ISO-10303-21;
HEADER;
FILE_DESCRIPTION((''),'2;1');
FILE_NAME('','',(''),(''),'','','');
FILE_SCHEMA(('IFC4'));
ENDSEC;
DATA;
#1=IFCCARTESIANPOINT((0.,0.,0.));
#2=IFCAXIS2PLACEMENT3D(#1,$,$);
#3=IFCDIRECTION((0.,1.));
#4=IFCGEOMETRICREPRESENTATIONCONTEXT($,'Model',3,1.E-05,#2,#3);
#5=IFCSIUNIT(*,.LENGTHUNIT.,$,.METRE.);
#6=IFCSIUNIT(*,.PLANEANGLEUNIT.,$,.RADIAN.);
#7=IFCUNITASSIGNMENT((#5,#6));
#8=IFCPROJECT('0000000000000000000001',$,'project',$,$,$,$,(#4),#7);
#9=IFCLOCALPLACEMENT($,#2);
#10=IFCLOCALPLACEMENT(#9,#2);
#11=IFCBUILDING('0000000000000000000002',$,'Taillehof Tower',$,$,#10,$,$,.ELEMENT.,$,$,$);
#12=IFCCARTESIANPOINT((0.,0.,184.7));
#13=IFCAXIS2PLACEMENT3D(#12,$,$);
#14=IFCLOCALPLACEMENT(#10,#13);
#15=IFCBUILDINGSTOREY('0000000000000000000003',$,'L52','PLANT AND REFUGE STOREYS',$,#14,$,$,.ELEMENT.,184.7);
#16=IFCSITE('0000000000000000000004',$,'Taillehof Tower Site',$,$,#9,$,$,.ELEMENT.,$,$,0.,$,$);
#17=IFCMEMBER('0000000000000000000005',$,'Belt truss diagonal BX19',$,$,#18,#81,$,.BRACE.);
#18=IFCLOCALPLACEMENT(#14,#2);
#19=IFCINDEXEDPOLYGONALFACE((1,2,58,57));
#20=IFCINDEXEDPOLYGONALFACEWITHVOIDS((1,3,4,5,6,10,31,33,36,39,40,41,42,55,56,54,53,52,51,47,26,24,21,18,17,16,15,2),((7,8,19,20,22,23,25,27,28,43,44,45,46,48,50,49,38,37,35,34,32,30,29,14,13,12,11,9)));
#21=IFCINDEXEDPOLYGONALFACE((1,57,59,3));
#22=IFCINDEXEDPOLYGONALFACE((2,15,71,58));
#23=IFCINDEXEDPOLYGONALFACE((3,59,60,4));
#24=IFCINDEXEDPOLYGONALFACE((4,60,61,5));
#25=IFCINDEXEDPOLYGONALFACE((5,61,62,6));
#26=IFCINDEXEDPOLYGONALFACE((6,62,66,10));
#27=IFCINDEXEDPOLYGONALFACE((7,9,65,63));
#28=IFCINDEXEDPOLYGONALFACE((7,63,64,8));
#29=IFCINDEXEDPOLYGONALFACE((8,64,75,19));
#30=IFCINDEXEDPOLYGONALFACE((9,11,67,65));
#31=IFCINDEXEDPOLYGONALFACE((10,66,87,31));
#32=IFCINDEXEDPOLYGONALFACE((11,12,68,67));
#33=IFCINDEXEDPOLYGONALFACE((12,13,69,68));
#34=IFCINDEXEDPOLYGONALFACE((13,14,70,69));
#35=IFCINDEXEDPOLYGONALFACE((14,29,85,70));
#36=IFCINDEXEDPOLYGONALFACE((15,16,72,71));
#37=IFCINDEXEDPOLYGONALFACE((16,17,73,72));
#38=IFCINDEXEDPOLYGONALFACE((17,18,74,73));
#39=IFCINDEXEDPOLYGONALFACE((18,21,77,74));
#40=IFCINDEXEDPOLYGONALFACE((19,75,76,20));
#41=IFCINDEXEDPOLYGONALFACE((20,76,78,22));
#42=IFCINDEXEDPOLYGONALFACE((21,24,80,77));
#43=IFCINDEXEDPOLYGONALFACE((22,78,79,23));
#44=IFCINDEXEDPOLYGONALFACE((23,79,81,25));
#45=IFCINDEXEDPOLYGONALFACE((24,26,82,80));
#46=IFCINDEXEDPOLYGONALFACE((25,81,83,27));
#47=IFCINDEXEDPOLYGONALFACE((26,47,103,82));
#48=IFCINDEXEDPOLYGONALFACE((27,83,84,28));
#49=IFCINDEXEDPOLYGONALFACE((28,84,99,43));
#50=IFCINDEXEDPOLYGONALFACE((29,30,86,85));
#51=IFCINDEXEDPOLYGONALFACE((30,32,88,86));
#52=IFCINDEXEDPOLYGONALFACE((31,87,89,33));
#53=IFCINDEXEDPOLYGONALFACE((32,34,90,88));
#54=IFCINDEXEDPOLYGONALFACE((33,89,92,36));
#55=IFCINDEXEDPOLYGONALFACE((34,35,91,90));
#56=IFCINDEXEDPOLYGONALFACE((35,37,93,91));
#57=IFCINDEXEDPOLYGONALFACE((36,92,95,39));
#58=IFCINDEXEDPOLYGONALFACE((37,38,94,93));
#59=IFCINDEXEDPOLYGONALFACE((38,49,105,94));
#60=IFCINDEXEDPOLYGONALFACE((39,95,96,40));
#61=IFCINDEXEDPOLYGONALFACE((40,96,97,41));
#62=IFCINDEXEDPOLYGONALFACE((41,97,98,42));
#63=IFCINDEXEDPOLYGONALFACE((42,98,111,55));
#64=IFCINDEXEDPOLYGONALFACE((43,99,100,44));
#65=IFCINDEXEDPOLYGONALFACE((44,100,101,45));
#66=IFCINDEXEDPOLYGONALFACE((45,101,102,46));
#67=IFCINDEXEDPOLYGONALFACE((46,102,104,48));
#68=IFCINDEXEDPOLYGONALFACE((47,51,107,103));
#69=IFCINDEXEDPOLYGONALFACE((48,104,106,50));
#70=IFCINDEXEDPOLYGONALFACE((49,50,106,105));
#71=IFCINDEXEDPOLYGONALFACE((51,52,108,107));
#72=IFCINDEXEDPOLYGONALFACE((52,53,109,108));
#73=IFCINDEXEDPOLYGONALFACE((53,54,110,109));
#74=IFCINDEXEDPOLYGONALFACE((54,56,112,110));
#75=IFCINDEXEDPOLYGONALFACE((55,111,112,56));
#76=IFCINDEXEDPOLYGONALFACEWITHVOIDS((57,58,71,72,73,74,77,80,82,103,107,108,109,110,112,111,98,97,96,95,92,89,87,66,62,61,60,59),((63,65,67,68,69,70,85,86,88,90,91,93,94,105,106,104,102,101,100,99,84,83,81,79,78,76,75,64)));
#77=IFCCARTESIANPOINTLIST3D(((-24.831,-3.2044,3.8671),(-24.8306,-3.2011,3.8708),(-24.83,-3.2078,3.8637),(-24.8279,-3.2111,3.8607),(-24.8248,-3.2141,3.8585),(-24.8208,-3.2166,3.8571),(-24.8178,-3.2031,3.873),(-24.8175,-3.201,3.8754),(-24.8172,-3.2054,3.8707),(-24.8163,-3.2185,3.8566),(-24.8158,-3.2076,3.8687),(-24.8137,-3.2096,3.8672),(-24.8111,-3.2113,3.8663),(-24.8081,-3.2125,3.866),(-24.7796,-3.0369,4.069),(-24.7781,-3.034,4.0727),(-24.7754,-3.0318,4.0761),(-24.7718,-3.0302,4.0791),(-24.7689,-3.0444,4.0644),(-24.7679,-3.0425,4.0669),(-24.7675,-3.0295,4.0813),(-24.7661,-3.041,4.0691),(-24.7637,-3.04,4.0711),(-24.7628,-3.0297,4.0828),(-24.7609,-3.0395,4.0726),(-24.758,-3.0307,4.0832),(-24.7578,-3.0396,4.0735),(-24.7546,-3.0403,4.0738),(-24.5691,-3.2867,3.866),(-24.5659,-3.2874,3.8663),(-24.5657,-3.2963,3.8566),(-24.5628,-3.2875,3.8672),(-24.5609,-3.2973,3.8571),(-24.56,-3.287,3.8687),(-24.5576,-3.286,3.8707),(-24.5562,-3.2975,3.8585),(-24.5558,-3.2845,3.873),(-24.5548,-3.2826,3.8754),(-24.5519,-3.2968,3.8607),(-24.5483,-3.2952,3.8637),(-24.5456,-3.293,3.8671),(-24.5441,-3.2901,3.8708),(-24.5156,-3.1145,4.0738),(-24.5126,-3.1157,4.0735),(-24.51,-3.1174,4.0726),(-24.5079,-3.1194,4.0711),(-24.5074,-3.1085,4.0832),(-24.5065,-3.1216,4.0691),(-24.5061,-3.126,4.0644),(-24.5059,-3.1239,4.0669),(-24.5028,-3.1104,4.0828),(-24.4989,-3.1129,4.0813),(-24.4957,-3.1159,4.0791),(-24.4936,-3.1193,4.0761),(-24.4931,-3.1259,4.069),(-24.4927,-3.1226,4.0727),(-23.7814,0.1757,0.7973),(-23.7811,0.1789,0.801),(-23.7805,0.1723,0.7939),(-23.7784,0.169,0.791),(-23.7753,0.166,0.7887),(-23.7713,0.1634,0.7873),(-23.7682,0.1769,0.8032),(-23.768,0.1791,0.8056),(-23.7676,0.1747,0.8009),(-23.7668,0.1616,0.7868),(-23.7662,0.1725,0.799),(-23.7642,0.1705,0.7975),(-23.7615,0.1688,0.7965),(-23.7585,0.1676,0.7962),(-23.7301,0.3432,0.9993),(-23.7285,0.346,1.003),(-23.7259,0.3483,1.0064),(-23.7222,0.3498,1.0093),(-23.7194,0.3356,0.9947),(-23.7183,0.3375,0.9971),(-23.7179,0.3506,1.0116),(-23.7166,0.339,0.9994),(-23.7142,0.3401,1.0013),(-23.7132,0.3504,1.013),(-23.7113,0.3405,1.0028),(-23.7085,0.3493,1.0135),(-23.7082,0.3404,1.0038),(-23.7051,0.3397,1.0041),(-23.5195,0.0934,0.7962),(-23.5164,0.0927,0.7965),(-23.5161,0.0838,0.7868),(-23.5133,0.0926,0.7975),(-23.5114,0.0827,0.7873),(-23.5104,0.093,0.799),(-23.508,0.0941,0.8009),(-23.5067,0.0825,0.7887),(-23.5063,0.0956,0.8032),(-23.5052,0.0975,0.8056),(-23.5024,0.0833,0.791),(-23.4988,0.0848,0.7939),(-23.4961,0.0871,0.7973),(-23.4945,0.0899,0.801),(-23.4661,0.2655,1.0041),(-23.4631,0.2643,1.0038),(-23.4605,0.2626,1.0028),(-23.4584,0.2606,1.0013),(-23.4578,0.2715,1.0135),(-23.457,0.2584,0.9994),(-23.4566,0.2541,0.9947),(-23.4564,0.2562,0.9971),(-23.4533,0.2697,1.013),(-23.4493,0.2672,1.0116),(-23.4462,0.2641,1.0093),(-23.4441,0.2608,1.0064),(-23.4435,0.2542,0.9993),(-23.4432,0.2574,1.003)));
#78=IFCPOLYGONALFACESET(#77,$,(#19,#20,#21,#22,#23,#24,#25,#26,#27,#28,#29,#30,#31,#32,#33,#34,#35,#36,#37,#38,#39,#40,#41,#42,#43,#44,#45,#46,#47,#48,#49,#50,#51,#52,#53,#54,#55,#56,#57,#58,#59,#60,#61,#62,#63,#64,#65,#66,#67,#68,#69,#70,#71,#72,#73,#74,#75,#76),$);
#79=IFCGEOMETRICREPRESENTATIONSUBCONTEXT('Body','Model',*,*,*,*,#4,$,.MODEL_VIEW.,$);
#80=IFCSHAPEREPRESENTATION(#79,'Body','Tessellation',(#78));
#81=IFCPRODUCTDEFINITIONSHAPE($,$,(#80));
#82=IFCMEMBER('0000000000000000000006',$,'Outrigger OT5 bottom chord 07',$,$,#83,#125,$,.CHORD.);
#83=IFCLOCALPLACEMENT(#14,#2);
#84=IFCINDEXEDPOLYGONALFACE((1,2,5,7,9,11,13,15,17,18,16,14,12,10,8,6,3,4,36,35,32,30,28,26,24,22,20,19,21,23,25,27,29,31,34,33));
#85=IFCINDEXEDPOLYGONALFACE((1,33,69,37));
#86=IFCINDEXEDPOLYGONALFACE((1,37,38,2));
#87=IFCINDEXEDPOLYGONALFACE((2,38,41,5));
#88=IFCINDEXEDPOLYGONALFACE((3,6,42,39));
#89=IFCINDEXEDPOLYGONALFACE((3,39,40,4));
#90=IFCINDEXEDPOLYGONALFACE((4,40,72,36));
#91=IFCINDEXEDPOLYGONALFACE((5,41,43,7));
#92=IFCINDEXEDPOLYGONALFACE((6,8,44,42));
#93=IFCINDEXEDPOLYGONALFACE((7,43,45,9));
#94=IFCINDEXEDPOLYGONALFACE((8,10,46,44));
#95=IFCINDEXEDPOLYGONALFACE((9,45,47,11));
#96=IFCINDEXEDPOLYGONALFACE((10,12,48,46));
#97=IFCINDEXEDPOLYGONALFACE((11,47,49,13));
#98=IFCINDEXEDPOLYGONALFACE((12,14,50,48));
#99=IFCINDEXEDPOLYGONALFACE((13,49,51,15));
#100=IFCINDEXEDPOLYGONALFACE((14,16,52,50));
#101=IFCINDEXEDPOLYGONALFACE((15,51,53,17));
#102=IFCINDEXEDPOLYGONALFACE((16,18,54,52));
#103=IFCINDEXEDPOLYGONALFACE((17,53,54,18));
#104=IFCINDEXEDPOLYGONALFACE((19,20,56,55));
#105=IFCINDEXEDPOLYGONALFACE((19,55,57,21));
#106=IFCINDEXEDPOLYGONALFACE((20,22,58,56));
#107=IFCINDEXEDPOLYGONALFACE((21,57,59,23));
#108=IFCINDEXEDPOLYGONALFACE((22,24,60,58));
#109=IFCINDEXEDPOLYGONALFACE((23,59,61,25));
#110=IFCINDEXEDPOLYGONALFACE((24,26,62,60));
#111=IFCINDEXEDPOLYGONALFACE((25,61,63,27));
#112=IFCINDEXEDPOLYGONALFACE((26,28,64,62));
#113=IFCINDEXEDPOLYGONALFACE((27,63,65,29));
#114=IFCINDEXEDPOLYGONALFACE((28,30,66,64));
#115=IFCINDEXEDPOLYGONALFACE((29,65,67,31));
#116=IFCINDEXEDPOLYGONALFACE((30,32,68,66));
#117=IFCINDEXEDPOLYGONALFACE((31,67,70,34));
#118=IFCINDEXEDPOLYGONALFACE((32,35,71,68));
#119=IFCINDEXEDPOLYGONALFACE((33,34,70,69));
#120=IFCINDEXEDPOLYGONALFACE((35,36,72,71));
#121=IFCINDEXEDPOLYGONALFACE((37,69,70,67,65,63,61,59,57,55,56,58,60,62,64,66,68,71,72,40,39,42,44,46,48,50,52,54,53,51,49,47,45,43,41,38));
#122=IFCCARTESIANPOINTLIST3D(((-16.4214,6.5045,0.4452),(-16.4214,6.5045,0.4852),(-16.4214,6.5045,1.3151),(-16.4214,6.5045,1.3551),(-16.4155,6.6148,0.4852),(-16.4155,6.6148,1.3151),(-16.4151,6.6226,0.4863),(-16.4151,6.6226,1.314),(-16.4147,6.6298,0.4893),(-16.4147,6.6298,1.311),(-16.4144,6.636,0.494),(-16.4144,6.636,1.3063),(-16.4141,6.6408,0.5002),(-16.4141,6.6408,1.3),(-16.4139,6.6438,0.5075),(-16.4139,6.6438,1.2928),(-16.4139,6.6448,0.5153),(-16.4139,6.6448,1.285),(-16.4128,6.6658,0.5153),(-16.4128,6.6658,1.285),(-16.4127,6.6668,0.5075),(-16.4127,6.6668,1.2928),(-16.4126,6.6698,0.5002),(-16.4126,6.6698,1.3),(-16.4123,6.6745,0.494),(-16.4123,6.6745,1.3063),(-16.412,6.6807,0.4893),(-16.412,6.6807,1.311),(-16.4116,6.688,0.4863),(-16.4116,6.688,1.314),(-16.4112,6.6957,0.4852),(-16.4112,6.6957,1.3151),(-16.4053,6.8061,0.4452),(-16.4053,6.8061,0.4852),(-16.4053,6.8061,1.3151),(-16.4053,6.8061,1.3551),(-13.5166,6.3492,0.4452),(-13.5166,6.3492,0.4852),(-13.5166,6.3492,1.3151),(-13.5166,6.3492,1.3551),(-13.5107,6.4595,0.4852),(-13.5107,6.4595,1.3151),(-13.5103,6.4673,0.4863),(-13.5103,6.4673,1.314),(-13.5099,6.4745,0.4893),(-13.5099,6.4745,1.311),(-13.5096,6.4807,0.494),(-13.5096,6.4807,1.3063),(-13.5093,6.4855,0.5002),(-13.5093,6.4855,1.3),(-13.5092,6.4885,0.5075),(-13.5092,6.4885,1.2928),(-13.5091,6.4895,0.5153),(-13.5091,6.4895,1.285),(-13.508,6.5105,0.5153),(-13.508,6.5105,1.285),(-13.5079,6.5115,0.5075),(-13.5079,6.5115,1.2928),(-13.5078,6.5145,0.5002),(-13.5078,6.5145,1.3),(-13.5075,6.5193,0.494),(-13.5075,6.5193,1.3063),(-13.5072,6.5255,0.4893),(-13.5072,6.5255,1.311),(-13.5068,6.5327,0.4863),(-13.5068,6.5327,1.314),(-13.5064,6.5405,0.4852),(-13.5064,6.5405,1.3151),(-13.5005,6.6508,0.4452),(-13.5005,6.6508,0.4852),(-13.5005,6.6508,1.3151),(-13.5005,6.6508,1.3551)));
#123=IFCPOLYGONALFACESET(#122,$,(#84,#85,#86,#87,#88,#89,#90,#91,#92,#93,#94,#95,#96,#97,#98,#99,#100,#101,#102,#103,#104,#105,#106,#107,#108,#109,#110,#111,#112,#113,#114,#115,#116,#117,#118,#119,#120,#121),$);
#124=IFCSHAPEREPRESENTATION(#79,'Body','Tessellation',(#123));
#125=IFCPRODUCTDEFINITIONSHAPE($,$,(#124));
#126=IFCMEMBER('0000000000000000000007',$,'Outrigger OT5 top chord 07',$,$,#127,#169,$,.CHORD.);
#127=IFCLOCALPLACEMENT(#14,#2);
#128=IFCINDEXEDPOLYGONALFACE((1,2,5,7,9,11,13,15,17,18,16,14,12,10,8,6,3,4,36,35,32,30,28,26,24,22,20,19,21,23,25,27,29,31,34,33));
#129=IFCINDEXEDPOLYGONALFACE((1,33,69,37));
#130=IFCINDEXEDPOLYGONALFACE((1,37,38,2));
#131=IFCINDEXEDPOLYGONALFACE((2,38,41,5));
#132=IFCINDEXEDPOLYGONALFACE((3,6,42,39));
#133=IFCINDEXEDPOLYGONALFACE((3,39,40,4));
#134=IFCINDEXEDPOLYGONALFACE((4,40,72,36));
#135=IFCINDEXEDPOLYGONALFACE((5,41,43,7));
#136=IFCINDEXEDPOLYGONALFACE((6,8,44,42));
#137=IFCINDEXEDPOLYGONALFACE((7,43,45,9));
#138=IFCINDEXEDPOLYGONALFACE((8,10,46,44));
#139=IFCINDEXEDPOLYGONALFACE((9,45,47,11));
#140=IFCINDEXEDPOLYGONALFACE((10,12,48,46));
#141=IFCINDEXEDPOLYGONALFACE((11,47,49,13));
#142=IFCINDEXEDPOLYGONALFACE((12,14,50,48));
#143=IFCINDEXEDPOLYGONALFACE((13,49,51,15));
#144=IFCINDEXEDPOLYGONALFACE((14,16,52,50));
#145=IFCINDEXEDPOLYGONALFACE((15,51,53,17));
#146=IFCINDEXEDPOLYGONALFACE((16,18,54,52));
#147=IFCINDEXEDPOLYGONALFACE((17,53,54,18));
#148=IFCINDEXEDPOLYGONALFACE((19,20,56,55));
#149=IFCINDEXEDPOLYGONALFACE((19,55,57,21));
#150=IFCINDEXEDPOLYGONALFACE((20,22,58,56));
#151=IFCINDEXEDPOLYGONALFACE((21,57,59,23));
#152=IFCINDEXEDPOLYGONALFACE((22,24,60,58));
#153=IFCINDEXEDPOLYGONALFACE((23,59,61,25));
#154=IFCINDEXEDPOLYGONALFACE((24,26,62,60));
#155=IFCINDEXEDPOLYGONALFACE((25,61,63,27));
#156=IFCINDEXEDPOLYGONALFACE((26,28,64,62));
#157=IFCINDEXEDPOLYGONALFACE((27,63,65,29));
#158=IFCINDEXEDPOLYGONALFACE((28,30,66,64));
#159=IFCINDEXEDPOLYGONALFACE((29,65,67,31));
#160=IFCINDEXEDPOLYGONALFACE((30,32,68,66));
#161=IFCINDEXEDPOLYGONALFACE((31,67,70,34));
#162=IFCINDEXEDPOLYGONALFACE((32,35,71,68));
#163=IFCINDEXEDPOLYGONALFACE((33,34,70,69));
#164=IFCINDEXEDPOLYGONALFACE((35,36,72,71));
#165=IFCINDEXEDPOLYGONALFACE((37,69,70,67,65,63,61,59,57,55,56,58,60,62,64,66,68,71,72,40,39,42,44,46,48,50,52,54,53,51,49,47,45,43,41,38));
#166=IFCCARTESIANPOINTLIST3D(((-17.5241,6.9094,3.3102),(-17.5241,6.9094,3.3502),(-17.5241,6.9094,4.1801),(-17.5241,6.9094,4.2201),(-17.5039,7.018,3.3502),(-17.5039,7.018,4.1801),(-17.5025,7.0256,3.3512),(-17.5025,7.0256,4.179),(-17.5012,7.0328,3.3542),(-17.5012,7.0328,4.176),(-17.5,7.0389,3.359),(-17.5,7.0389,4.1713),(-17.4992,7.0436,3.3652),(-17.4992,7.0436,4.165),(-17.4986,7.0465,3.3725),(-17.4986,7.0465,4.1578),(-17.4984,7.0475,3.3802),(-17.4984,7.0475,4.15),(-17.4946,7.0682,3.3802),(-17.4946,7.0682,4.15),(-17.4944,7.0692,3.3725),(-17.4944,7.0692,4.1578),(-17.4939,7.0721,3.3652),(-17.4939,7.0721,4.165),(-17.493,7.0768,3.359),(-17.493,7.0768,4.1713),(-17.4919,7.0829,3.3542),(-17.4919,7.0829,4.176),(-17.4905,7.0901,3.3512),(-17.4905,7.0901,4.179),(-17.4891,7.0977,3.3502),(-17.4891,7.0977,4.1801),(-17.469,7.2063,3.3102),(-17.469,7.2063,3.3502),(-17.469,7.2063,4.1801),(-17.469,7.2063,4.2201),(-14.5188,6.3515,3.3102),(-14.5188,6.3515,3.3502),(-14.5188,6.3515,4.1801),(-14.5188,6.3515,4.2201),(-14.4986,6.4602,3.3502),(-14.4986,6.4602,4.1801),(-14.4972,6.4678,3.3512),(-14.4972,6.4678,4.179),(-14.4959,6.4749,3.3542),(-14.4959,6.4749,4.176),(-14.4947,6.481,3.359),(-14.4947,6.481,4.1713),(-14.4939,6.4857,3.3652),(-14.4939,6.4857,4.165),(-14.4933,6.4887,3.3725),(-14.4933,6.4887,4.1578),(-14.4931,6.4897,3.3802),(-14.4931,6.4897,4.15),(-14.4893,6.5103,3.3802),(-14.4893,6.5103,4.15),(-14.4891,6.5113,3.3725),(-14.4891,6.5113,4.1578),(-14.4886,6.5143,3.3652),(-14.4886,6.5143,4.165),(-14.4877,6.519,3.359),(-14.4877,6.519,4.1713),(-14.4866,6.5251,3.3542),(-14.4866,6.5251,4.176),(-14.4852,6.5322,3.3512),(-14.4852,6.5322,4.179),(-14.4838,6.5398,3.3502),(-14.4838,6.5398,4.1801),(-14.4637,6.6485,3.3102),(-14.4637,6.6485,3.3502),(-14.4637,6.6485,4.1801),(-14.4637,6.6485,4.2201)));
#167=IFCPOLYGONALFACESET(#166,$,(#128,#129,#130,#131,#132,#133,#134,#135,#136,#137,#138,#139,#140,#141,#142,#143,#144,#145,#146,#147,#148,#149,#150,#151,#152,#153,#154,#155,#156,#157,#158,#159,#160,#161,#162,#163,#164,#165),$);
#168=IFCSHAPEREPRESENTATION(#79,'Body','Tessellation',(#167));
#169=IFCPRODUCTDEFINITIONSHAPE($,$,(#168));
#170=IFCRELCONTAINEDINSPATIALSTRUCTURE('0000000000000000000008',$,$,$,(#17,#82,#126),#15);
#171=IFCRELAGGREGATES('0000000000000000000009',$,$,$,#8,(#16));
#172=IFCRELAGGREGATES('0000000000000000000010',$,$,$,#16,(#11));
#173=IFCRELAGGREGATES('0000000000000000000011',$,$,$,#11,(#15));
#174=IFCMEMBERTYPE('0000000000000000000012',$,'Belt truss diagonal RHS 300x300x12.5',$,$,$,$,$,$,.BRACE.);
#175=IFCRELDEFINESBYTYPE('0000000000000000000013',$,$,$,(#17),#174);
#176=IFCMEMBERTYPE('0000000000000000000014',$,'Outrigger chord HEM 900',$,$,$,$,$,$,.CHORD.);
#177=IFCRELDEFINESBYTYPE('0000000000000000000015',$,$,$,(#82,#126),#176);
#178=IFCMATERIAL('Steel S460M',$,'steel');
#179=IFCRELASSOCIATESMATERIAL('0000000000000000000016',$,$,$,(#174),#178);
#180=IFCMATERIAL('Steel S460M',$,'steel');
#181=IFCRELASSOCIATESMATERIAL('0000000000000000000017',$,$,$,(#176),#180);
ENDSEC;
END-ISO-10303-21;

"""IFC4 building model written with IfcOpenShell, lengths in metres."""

from ifc_helpers import new_model, si_unit, direction, frame, origin, origin_2d, place, context, subcontext, project, spatial, hollow_rectangle, i_section, extrude, material, material_profile, profile_set, type_object, element, save


model = new_model("IFC4")

# Units and contexts
model_context = context("Model", 3, precision=1e-05, world=origin(), true_north=direction((0.0, 1.0)))
body_context = subcontext(model_context, "Body", "Model", "MODEL_VIEW")
ifc_project = project(units=[si_unit("LENGTHUNIT", "METRE"), si_unit("PLANEANGLEUNIT", "RADIAN")], contexts=[model_context])

# Site, building, storey
site_placement = place(None, origin())
site = spatial("IfcSite", under=ifc_project, at=site_placement, Name="Taillehof Tower Site", CompositionType="ELEMENT", RefElevation=0.0)
building_placement = place(site_placement, origin())
building = spatial("IfcBuilding", under=site, at=building_placement, Name="Taillehof Tower", CompositionType="ELEMENT")
storey_placement = place(building_placement, frame((0.0, 0.0, 184.7)))
storey = spatial("IfcBuildingStorey", under=building, at=storey_placement, Name="L52", Description="PLANT AND REFUGE STOREYS", CompositionType="ELEMENT", Elevation=184.7)

# Members
ifc_material_1 = material(Name="Steel S460M", Category="steel")
ifc_material_profile_1 = material_profile(ifc_material_1, hollow_rectangle(XDim=0.3, YDim=0.3, WallThickness=0.0125, InnerFilletRadius=0.0125, OuterFilletRadius=0.0188, at=origin_2d()), Name="RHS 300x300x12.5")
ifc_profile_set_1 = profile_set([ifc_material_profile_1], Name="Steel S460M")
member_type_1 = type_object("IfcMemberType", Name="Belt truss diagonal RHS 300x300x12.5", PredefinedType="BRACE", material=ifc_profile_set_1)
member_1_placement = place(storey_placement, frame((-23.6123, 0.2166, 0.9001), z_axis=(-0.224018, -0.721455, 0.655224), x_axis=(0.95502, -0.296542, 0.0)))
element("IfcMember", 1, at=member_1_placement, inside=storey, type_object=member_type_1, Name="Belt truss diagonal BX19", PredefinedType="BRACE", context=body_context, shape_type="SweptSolid", body=[
    extrude(hollow_rectangle(XDim=0.3, YDim=0.3, WallThickness=0.0125, InnerFilletRadius=0.0125, OuterFilletRadius=0.0188, at=origin_2d()), origin(), (0.0, 0.0, 1.0), 4.6851),
])
ifc_material_2 = material(Name="Steel S460M", Category="steel")
ifc_material_profile_2 = material_profile(ifc_material_2, i_section(OverallWidth=0.302, OverallDepth=0.9099, WebThickness=0.021, FlangeThickness=0.04, FilletRadius=0.03, at=origin_2d()), Name="HEM 900")
ifc_profile_set_2 = profile_set([ifc_material_profile_2], Name="Steel S460M")
member_type_2 = type_object("IfcMemberType", Name="Outrigger chord HEM 900", PredefinedType="CHORD", material=ifc_profile_set_2)
member_2_placement = place(storey_placement, frame((-13.5085, 6.5, 0.9001), z_axis=(-0.998574, 0.053378, 0.0), x_axis=(-0.053378, -0.998574, 0.0)))
element("IfcMember", 2, at=member_2_placement, inside=storey, type_object=member_type_2, Name="Outrigger OT5 bottom chord 07", PredefinedType="CHORD", context=body_context, shape_type="SweptSolid", body=[
    extrude(i_section(OverallWidth=0.302, OverallDepth=0.9099, WebThickness=0.021, FlangeThickness=0.04, FilletRadius=0.03, at=origin_2d()), origin(), (0.0, 0.0, 1.0), 2.9089),
])
member_3_placement = place(storey_placement, frame((-14.4912, 6.5, 3.7651), z_axis=(-0.983205, 0.182504, 0.0), x_axis=(-0.182504, -0.983205, 0.0)))
element("IfcMember", 3, at=member_3_placement, inside=storey, type_object=member_type_2, Name="Outrigger OT5 top chord 07", PredefinedType="CHORD", context=body_context, shape_type="SweptSolid", body=[
    extrude(i_section(OverallWidth=0.302, OverallDepth=0.9099, WebThickness=0.021, FlangeThickness=0.04, FilletRadius=0.03, at=origin_2d()), origin(), (0.0, 0.0, 1.0), 3.0566),
])

save(model, "model.ifc")
